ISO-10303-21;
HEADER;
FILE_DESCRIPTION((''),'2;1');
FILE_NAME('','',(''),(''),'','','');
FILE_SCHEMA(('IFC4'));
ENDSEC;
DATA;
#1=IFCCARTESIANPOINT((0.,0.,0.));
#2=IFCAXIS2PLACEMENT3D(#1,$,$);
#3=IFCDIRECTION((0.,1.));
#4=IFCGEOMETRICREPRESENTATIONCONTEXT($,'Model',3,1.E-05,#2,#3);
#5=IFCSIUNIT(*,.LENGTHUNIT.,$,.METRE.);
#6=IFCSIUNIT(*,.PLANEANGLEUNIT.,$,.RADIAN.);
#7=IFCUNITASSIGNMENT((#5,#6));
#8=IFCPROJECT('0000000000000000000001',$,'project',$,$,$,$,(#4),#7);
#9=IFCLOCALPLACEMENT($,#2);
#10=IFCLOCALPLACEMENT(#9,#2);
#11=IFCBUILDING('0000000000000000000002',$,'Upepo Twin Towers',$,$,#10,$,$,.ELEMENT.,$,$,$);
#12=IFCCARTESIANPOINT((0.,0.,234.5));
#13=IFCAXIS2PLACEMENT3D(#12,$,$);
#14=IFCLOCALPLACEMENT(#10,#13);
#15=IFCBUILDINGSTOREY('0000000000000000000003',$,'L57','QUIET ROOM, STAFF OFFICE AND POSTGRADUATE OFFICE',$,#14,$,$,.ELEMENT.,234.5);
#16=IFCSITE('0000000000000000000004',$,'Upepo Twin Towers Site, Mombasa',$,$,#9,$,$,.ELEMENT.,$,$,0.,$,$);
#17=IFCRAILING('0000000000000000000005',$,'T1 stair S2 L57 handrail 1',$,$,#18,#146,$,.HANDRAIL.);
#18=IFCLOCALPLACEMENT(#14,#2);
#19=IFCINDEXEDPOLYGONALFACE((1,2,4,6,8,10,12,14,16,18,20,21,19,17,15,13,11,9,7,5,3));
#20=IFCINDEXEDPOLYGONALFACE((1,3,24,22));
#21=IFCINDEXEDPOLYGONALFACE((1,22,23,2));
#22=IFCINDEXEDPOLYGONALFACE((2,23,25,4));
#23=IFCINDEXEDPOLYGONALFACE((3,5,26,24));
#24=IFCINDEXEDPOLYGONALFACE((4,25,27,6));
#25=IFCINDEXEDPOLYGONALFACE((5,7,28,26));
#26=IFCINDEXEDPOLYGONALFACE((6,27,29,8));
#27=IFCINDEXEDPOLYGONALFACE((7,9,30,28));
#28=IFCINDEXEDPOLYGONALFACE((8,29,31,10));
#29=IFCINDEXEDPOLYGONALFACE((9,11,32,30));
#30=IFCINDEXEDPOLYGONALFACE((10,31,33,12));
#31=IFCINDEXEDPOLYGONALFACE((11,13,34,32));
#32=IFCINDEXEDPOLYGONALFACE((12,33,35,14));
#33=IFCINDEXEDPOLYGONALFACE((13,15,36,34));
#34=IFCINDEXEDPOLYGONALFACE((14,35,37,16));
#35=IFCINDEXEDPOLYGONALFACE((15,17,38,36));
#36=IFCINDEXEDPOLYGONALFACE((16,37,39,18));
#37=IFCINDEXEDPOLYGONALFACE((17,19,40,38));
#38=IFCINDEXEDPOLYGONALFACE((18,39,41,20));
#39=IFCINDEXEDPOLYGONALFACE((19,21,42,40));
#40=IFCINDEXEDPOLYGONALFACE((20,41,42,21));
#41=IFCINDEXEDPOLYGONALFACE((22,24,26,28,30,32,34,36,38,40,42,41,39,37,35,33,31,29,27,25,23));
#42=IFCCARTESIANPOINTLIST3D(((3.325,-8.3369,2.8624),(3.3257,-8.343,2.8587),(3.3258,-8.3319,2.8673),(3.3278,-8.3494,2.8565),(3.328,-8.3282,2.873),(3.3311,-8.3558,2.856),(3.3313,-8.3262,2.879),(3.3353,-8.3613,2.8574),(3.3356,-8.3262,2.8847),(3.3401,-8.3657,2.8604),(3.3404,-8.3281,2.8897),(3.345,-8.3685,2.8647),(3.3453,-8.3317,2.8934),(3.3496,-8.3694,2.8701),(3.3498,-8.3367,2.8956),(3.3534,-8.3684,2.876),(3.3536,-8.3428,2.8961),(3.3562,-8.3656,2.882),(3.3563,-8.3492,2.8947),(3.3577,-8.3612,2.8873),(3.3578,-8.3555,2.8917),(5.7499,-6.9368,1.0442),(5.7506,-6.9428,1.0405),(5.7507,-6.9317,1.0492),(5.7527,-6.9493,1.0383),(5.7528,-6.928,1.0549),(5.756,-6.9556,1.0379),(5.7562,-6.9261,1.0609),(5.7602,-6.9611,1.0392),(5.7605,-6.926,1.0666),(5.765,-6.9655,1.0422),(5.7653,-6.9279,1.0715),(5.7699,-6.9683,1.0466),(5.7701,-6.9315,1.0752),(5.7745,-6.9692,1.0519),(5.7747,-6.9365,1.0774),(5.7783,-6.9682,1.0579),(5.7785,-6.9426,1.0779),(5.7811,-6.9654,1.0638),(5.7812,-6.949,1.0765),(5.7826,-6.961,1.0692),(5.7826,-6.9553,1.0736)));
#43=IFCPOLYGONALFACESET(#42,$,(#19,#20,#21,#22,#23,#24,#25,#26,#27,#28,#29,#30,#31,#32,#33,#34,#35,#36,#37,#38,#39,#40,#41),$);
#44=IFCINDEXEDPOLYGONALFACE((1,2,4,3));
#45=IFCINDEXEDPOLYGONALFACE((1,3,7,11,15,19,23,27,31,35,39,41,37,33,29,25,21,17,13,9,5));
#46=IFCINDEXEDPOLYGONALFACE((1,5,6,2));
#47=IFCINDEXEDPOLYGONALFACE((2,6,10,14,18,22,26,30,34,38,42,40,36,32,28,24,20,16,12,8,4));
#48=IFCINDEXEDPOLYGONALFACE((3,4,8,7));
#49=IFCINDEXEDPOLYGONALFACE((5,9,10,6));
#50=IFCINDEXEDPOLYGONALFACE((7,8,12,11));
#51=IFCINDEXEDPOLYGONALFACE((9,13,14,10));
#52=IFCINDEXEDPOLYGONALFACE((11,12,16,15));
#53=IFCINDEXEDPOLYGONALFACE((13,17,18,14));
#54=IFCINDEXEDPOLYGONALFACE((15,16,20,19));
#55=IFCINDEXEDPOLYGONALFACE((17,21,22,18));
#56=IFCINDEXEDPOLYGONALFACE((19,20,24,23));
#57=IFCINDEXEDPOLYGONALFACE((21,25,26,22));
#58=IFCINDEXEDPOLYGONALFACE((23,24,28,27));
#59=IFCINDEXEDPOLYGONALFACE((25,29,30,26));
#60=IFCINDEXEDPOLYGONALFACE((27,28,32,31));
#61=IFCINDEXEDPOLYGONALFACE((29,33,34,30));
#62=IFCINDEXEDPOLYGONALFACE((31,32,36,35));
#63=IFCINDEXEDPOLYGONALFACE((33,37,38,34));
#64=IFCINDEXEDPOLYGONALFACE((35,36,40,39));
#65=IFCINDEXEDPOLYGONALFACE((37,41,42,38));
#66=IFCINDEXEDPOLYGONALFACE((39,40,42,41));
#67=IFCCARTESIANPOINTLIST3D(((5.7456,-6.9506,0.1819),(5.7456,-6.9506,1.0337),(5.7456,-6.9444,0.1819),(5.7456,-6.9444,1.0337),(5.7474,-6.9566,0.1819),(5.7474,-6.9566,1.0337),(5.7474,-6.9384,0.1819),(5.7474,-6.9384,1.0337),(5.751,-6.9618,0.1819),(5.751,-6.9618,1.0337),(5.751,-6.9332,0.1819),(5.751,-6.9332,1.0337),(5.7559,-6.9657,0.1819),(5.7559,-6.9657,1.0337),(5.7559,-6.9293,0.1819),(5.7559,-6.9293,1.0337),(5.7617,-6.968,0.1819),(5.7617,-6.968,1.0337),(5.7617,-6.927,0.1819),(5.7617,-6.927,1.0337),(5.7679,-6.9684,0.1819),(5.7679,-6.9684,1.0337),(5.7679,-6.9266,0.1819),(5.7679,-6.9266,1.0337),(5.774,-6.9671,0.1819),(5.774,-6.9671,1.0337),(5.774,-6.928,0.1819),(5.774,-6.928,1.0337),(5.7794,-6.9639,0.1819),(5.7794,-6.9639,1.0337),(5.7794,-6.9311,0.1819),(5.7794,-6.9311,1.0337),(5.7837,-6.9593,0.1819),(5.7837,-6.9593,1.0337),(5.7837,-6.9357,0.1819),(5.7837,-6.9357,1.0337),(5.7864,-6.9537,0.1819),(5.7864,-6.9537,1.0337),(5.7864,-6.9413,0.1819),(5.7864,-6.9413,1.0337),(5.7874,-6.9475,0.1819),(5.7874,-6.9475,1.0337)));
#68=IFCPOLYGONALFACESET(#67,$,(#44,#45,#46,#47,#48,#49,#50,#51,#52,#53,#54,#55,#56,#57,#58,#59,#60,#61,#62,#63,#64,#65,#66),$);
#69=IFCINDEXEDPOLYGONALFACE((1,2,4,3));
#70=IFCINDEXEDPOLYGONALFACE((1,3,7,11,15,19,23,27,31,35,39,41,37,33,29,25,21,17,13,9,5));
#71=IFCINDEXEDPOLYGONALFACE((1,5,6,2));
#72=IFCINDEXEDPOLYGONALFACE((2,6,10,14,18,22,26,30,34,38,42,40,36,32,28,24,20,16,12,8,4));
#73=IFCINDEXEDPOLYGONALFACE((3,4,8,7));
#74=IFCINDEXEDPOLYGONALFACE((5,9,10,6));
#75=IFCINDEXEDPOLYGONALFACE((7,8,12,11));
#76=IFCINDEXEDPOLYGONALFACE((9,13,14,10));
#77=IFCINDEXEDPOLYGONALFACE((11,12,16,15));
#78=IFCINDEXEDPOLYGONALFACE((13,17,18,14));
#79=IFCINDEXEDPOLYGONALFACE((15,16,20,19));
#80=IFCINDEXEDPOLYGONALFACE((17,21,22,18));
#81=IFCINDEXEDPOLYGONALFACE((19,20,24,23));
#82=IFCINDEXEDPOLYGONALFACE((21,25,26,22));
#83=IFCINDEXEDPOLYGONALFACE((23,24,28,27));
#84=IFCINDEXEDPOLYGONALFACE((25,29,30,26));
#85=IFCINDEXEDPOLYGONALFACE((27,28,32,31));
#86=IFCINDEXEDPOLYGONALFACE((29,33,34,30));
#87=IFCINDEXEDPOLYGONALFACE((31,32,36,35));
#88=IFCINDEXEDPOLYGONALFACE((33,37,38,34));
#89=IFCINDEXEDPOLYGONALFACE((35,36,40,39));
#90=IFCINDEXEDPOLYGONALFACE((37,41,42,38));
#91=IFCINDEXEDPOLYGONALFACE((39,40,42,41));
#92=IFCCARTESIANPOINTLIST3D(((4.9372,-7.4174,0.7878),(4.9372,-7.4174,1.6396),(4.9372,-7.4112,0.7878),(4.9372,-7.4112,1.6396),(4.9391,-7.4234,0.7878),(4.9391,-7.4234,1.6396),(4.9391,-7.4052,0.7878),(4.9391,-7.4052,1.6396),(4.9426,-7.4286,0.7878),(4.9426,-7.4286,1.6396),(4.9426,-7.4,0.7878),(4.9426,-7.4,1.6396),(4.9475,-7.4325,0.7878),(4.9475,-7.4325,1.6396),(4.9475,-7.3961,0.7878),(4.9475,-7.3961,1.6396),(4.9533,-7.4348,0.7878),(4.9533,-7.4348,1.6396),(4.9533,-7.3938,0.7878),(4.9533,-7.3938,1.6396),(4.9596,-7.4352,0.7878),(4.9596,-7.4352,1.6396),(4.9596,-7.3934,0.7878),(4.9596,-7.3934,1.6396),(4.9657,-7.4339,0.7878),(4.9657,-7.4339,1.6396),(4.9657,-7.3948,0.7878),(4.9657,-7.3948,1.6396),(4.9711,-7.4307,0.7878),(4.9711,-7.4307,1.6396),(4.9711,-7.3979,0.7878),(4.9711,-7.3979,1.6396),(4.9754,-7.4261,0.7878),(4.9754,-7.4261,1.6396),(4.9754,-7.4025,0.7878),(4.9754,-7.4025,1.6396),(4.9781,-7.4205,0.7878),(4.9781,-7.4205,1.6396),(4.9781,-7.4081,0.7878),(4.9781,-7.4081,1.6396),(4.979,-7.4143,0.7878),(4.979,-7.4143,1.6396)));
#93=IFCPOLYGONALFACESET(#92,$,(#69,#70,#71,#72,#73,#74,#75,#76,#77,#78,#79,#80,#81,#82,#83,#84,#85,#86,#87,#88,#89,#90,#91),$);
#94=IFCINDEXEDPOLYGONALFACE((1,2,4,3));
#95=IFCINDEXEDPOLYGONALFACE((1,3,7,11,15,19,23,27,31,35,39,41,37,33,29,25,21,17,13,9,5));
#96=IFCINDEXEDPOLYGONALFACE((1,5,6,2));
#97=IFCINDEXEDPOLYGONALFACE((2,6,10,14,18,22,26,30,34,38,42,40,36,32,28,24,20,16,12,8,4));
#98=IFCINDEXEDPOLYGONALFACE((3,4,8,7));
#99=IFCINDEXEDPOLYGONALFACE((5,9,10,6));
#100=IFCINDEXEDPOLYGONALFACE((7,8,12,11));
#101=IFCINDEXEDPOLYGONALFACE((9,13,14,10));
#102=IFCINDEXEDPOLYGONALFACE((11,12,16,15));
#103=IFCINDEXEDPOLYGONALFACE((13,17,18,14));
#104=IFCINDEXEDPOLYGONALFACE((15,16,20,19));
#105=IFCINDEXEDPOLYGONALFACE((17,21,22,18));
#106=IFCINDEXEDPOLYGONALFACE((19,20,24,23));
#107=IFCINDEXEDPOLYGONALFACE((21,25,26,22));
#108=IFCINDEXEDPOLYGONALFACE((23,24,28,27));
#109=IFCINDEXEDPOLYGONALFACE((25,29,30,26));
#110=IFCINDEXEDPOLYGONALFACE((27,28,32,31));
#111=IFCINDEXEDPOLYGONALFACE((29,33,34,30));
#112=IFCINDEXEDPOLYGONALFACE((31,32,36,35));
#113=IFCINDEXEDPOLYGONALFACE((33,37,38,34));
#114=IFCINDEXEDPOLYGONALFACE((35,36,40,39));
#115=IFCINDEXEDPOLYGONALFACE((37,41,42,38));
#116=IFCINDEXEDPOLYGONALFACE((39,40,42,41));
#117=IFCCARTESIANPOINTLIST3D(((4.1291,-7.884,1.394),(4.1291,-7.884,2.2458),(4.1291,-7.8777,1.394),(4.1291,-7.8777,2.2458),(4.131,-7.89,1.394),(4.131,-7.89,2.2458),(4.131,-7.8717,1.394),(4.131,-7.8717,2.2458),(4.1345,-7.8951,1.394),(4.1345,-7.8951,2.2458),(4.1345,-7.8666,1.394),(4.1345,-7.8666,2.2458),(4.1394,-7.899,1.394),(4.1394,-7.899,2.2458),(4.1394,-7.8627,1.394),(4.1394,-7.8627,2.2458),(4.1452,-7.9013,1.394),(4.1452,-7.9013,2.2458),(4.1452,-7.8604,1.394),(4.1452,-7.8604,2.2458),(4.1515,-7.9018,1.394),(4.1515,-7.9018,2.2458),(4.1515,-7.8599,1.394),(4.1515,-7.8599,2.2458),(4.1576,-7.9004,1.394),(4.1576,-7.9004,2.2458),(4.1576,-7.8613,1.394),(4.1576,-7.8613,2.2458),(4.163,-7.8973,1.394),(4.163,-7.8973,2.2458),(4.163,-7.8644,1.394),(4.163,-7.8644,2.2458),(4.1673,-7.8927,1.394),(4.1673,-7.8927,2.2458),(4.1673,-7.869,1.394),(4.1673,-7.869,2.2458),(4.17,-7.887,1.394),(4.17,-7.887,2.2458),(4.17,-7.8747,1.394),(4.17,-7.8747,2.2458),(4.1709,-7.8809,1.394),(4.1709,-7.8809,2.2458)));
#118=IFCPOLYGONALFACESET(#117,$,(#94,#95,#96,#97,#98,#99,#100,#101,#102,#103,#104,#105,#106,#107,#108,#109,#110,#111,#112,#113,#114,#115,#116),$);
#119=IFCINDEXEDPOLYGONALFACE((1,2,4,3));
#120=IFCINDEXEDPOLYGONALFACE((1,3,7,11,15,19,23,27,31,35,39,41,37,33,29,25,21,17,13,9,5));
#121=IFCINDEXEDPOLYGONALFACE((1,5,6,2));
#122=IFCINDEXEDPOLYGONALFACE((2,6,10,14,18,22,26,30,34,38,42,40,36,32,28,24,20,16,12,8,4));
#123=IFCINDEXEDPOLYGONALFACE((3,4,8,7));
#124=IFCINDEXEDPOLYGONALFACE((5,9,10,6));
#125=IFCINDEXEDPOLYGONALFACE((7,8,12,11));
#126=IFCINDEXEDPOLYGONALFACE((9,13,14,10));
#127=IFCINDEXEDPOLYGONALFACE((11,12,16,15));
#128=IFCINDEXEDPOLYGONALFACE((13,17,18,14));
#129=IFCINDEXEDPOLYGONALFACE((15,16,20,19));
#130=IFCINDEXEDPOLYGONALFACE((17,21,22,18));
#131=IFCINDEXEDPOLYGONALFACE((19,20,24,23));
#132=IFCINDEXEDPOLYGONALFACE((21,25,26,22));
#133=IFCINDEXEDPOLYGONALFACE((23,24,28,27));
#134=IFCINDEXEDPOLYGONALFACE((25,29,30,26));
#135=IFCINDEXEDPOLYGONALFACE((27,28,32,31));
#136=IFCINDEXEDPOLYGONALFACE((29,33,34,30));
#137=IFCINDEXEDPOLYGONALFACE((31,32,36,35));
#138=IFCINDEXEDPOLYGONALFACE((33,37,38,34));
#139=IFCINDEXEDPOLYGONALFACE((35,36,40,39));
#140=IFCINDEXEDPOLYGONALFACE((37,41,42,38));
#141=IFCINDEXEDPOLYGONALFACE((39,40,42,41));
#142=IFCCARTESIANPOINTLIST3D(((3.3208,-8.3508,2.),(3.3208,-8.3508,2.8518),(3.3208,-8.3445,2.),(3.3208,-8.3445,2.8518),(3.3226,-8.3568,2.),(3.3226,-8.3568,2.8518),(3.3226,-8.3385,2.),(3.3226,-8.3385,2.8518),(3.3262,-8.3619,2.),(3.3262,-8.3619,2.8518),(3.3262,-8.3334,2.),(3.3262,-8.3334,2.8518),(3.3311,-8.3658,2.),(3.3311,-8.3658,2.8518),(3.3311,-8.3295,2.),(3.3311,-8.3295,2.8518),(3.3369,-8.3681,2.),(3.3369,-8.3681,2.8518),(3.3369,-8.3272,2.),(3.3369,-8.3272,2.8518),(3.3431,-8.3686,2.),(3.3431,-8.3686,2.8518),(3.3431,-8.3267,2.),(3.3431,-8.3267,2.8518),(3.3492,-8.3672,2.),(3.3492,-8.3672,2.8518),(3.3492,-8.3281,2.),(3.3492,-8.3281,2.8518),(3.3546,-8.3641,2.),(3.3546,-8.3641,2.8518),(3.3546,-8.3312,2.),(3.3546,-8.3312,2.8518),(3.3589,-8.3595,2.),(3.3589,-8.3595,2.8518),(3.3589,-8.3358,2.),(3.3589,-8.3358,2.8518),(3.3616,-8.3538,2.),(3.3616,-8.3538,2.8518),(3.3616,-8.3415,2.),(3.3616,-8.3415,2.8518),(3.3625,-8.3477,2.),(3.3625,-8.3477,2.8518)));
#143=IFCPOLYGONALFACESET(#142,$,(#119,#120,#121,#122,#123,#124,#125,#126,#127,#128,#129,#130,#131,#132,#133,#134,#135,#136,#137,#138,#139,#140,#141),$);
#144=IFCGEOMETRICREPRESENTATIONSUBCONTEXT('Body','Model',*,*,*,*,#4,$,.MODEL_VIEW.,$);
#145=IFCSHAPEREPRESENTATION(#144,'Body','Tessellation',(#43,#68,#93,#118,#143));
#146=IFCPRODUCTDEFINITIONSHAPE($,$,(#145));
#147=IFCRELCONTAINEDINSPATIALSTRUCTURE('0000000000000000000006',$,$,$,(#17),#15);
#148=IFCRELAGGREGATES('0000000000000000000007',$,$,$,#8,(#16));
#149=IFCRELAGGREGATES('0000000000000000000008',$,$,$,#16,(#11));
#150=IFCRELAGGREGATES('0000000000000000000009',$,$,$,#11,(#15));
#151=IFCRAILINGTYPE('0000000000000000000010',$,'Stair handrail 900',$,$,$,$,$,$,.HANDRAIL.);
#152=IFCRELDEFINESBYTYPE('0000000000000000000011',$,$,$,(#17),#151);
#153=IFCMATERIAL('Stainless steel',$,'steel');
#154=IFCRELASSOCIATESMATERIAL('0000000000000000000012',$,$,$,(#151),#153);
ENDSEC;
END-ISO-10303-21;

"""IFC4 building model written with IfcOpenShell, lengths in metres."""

from ifc_helpers import new_model, si_unit, direction, frame, origin, origin_2d, place, context, subcontext, project, spatial, circle, extrude, material, type_object, element, save


model = new_model("IFC4")

# Units and contexts
model_context = context("Model", 3, precision=1e-05, world=origin(), true_north=direction((0.0, 1.0)))
body_context = subcontext(model_context, "Body", "Model", "MODEL_VIEW")
ifc_project = project(units=[si_unit("LENGTHUNIT", "METRE"), si_unit("PLANEANGLEUNIT", "RADIAN")], contexts=[model_context])

# Site, building, storey
site_placement = place(None, origin())
site = spatial("IfcSite", under=ifc_project, at=site_placement, Name="Upepo Twin Towers Site, Mombasa", CompositionType="ELEMENT", RefElevation=0.0)
building_placement = place(site_placement, origin())
building = spatial("IfcBuilding", under=site, at=building_placement, Name="Upepo Twin Towers", CompositionType="ELEMENT")
storey_placement = place(building_placement, frame((0.0, 0.0, 234.5)))
storey = spatial("IfcBuildingStorey", under=building, at=storey_placement, Name="L57", Description="QUIET ROOM, STAFF OFFICE AND POSTGRADUATE OFFICE", CompositionType="ELEMENT", Elevation=234.5)

# Railing
ifc_material_1 = material(Name="Stainless steel", Category="steel")
railing_type = type_object("IfcRailingType", Name="Stair handrail 900", PredefinedType="HANDRAIL", material=ifc_material_1)
railing_1_placement = place(storey_placement, frame((5.7664, -6.9475, 0.1819)))
element("IfcRailing", 1, at=railing_1_placement, inside=storey, type_object=railing_type, Name="T1 stair S2 L57 handrail 1", PredefinedType="HANDRAIL", context=body_context, shape_type="SweptSolid", body=[
    extrude(circle(Radius=0.0239, at=origin_2d()), frame((0.0, 0.0, 0.876), z_axis=(-0.726314, -0.419393, 0.544589), x_axis=(0.50005, -0.865997, 0.0)), (0.0, 0.0, 1.0), 3.3386),
    extrude(circle(Radius=0.021, at=origin_2d()), origin(), (0.0, 0.0, 1.0), 0.8518),
    extrude(circle(Radius=0.021, at=origin_2d()), frame((-0.8083, -0.4668, 0.606)), (0.0, 0.0, 1.0), 0.8518),
    extrude(circle(Radius=0.021, at=origin_2d()), frame((-1.6165, -0.9333, 1.2122)), (0.0, 0.0, 1.0), 0.8518),
    extrude(circle(Radius=0.021, at=origin_2d()), frame((-2.4248, -1.4001, 1.8181)), (0.0, 0.0, 1.0), 0.8518),
])

save(model, "model.ifc")
